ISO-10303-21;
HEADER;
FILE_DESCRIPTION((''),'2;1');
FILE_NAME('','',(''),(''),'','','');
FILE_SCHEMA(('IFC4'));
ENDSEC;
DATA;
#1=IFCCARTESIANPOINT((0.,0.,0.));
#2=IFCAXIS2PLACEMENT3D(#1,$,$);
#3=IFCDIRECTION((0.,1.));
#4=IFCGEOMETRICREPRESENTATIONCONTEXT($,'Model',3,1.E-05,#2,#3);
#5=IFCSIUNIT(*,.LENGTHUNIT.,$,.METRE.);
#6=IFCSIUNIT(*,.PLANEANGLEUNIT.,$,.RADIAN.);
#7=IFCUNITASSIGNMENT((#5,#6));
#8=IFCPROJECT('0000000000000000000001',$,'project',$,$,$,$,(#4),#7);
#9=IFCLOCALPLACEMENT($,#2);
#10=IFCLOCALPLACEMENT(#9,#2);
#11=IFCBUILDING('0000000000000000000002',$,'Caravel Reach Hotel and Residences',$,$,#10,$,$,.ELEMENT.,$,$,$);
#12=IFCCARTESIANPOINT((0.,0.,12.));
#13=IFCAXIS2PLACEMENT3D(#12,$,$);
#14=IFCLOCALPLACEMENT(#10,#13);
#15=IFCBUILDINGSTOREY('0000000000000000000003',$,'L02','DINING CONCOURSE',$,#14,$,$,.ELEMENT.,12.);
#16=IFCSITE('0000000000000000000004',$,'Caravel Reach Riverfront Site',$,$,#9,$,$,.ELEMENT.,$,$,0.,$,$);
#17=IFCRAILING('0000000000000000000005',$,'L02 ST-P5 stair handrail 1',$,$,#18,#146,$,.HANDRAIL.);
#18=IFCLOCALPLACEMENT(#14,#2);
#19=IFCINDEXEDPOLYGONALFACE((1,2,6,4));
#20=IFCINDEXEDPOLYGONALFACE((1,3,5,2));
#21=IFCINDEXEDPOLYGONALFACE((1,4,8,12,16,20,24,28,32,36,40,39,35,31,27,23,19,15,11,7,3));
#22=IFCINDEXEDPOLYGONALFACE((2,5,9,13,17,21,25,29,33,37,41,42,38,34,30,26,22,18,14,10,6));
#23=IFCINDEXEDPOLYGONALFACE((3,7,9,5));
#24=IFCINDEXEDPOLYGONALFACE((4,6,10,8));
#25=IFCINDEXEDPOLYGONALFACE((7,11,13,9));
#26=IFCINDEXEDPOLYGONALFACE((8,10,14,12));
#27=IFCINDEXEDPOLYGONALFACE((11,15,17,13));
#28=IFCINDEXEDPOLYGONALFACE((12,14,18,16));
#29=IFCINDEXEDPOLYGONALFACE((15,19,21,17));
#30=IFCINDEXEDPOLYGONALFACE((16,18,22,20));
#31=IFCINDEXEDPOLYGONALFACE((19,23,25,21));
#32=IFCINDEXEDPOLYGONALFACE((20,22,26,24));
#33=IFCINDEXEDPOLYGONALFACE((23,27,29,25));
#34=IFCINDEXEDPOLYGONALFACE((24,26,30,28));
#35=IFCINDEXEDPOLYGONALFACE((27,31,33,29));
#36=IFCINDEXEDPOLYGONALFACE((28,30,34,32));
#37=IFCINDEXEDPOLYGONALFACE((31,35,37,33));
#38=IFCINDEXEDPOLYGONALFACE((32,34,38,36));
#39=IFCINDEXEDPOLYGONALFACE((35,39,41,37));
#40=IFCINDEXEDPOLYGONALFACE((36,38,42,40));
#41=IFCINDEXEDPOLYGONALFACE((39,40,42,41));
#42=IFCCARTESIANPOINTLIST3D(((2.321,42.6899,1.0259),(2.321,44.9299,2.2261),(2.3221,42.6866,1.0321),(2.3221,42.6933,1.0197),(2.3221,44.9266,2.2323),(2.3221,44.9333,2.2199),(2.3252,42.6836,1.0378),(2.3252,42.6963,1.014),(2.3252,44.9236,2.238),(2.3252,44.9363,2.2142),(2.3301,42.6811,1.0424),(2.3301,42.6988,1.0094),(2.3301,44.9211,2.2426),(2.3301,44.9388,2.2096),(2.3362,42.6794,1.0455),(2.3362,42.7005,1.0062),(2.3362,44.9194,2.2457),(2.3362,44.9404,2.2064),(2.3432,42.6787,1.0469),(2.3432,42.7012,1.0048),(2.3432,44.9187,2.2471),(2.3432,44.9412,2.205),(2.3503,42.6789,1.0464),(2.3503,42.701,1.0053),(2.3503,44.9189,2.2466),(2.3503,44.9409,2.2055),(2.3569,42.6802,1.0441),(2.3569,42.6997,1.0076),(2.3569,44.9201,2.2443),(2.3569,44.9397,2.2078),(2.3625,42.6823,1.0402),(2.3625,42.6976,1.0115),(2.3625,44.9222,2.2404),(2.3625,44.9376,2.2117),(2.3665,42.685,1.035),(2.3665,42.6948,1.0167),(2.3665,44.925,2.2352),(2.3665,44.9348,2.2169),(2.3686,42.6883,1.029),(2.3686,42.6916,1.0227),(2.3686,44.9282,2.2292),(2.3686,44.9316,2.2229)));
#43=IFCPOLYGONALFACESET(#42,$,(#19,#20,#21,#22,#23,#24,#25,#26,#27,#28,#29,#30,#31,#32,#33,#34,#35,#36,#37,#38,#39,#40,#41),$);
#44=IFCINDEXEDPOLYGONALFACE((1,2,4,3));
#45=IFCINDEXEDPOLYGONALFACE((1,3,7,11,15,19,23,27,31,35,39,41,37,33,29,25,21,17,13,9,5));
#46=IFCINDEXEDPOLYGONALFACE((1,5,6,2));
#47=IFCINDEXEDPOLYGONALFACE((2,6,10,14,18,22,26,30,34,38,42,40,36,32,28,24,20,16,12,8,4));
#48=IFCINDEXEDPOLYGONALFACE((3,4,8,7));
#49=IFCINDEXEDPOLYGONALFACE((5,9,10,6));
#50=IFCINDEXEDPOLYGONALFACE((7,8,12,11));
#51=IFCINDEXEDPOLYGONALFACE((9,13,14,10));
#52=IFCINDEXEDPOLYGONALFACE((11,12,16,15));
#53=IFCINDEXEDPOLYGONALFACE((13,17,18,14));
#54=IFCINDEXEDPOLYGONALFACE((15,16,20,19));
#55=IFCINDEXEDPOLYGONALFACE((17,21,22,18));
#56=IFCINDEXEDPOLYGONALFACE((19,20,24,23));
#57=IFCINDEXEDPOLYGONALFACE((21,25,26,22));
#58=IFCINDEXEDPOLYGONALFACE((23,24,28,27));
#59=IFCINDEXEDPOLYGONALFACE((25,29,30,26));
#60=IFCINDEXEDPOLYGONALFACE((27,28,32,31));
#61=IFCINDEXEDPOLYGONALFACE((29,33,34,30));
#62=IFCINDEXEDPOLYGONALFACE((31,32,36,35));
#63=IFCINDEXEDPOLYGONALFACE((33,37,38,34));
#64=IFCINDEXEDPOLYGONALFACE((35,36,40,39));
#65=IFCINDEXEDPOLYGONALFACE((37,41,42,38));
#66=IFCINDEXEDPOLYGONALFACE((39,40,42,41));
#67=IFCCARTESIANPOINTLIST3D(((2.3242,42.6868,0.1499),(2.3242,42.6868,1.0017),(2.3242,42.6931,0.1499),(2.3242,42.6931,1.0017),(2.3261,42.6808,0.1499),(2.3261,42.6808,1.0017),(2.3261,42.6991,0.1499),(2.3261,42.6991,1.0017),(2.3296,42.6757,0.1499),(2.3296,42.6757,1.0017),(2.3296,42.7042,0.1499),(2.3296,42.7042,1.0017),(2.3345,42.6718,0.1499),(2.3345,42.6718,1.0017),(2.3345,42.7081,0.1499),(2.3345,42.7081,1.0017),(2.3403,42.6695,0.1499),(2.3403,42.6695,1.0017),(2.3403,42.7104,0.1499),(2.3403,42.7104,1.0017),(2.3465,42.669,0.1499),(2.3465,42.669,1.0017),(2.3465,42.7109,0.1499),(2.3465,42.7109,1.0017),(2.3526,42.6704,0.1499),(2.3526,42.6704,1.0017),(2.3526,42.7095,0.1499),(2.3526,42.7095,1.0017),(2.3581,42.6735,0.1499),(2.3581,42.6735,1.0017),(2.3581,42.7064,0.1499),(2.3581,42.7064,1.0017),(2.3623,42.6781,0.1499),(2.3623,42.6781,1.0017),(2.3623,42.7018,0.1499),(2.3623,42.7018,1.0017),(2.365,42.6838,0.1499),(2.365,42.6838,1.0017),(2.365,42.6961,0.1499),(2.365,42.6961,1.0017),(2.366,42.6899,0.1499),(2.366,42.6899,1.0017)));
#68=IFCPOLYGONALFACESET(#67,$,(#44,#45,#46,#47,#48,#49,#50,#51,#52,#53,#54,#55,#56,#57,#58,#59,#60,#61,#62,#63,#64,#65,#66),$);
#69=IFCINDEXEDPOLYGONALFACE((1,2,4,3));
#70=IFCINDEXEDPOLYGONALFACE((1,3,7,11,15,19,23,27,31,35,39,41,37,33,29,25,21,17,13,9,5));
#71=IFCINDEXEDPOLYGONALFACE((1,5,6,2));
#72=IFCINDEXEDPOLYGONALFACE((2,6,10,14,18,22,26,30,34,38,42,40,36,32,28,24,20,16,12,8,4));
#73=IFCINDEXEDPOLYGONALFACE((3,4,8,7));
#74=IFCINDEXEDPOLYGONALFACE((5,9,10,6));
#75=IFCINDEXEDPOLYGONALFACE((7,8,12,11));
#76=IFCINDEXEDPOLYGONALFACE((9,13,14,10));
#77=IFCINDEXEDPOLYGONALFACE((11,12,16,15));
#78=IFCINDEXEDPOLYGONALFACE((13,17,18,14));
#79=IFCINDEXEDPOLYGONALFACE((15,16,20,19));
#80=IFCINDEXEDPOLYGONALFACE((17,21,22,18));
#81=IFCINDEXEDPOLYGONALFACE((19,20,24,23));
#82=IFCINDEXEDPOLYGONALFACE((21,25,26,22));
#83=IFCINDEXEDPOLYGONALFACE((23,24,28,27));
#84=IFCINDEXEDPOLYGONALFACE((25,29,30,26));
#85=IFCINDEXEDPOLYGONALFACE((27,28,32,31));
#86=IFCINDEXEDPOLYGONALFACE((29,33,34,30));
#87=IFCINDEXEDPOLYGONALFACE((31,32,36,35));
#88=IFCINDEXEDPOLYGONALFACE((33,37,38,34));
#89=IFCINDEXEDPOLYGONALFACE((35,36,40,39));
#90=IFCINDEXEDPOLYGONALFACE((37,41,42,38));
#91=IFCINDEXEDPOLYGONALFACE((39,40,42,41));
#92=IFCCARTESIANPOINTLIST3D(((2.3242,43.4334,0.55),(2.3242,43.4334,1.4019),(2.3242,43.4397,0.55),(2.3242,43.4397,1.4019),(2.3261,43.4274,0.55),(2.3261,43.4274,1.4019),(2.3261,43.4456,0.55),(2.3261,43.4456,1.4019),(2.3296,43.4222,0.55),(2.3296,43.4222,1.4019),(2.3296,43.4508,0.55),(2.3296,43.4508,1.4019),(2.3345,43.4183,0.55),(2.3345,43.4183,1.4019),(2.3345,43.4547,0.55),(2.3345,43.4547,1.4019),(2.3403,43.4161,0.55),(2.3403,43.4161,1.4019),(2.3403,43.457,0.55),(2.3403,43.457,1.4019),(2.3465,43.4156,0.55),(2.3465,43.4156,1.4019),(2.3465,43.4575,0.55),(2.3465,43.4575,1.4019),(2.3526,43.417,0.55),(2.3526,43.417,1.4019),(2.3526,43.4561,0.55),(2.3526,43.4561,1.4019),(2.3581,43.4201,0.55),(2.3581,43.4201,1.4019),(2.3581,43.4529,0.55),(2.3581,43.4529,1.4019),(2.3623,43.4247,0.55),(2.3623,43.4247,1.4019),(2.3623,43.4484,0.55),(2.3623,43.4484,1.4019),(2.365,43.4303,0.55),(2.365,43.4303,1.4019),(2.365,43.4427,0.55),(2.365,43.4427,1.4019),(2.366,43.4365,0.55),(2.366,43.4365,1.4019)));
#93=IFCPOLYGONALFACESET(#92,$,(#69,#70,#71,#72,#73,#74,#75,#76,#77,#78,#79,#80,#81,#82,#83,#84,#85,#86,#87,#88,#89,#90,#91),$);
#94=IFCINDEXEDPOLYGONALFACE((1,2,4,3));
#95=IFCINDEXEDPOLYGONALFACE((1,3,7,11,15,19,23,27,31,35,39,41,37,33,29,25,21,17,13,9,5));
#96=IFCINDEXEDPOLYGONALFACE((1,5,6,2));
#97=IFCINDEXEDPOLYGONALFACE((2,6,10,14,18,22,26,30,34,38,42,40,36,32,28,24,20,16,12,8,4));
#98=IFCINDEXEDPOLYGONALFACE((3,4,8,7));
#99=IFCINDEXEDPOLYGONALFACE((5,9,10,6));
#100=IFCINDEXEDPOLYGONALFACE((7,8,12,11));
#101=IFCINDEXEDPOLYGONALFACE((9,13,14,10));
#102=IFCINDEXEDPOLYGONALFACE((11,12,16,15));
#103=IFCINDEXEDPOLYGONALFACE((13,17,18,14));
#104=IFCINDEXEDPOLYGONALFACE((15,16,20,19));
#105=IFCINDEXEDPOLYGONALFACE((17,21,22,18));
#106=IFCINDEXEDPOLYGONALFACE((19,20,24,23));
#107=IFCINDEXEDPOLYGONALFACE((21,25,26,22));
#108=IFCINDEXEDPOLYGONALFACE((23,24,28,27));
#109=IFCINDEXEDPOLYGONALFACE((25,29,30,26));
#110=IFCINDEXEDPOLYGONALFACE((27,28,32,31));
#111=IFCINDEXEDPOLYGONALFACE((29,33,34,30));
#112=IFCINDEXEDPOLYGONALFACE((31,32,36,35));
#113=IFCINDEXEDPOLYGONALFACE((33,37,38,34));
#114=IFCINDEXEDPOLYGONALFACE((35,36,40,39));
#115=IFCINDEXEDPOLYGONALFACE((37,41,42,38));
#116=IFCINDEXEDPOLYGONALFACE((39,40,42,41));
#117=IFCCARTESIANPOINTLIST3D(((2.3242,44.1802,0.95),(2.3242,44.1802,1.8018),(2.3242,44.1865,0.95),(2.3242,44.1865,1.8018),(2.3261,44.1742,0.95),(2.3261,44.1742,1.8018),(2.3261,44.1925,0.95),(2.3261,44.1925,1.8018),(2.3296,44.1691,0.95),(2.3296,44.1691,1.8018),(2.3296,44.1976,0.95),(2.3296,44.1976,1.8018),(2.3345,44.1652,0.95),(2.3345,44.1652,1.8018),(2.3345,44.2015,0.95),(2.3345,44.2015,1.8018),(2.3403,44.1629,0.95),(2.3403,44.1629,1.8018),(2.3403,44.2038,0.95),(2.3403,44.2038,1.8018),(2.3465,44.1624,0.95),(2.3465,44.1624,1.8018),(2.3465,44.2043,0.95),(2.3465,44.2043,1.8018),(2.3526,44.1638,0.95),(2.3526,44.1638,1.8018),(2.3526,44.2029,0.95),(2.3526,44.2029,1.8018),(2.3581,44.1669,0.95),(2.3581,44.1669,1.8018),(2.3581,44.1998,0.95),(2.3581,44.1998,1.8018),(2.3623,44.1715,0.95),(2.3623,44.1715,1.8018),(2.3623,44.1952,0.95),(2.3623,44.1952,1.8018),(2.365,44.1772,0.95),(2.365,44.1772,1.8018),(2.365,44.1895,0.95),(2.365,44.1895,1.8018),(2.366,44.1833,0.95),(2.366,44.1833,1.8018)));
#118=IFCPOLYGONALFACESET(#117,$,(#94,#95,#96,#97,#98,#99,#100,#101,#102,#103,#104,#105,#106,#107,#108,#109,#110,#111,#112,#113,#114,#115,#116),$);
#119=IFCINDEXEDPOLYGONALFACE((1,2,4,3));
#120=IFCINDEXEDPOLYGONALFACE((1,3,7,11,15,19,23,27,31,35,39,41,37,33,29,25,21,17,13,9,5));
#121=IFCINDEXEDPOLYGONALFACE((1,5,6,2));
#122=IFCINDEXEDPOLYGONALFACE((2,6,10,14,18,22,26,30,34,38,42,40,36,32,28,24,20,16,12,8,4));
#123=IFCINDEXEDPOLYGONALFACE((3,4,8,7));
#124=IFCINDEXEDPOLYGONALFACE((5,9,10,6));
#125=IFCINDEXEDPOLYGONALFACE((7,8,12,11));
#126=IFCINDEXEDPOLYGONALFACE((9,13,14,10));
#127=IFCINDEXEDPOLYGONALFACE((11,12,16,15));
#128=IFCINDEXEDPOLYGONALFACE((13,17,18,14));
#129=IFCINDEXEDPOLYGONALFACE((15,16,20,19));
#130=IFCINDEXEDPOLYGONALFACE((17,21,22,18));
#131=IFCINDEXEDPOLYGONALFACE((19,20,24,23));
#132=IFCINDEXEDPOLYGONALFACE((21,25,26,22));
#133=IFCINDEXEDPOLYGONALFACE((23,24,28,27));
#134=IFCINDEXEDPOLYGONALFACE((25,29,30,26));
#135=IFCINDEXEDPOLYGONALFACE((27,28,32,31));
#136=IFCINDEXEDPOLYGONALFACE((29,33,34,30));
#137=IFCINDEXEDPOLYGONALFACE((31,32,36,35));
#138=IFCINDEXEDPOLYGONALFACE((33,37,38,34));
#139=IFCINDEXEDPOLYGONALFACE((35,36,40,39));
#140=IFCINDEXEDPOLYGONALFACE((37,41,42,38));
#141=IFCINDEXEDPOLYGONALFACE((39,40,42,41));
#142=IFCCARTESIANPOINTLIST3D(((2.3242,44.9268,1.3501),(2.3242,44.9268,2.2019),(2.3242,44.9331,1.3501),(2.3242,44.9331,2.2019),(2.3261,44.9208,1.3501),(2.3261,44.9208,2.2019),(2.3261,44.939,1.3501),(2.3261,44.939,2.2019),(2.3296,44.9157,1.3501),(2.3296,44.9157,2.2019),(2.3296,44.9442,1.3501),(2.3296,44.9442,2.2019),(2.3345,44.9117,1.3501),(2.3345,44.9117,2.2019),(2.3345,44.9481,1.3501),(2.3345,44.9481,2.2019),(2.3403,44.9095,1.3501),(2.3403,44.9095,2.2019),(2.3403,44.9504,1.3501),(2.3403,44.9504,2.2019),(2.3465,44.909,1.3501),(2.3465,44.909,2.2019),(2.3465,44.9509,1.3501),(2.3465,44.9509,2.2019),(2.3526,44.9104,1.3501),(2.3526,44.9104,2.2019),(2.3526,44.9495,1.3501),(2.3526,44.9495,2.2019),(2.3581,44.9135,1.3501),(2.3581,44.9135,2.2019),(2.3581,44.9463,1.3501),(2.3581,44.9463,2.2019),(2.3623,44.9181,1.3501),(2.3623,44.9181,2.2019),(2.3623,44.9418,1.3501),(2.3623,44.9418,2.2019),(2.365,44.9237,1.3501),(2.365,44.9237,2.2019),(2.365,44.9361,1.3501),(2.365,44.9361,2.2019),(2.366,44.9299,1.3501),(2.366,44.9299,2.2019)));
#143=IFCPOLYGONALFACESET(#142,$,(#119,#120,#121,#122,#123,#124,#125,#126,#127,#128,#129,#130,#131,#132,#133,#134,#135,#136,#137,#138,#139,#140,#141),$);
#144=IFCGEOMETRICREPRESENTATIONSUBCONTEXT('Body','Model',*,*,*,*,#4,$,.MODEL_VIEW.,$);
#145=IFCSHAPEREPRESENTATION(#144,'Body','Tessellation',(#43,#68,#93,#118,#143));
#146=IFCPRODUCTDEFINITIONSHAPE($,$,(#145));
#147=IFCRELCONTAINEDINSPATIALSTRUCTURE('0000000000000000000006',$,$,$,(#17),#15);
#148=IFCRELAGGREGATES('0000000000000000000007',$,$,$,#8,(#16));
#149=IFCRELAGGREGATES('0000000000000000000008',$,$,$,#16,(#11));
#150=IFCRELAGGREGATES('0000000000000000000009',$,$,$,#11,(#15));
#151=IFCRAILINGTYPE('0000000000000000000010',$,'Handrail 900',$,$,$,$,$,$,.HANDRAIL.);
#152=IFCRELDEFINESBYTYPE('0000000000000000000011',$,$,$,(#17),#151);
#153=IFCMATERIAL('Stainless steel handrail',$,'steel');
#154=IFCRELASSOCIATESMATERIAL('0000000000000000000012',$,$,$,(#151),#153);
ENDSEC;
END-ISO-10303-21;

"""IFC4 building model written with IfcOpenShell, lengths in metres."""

from ifc_helpers import new_model, si_unit, direction, frame, origin, origin_2d, place, context, subcontext, project, spatial, circle, extrude, material, type_object, element, save


model = new_model("IFC4")

# Units and contexts
model_context = context("Model", 3, precision=1e-05, world=origin(), true_north=direction((0.0, 1.0)))
body_context = subcontext(model_context, "Body", "Model", "MODEL_VIEW")
ifc_project = project(units=[si_unit("LENGTHUNIT", "METRE"), si_unit("PLANEANGLEUNIT", "RADIAN")], contexts=[model_context])

# Site, building, storey
site_placement = place(None, origin())
site = spatial("IfcSite", under=ifc_project, at=site_placement, Name="Caravel Reach Riverfront Site", CompositionType="ELEMENT", RefElevation=0.0)
building_placement = place(site_placement, origin())
building = spatial("IfcBuilding", under=site, at=building_placement, Name="Caravel Reach Hotel and Residences", CompositionType="ELEMENT")
storey_placement = place(building_placement, frame((0.0, 0.0, 12.0)))
storey = spatial("IfcBuildingStorey", under=building, at=storey_placement, Name="L02", Description="DINING CONCOURSE", CompositionType="ELEMENT", Elevation=12.0)

# Railing
ifc_material_1 = material(Name="Stainless steel handrail", Category="steel")
railing_type_1 = type_object("IfcRailingType", Name="Handrail 900", PredefinedType="HANDRAIL", material=ifc_material_1)
railing_1_placement = place(storey_placement, frame((2.345, 42.6899, 0.1499)))
element("IfcRailing", 1, at=railing_1_placement, inside=storey, type_object=railing_type_1, Name="L02 ST-P5 stair handrail 1", PredefinedType="HANDRAIL", context=body_context, shape_type="SweptSolid", body=[
    extrude(circle(Radius=0.0239, at=origin_2d()), frame((0.0, 0.0, 0.876), z_axis=(0.0, 0.881447, 0.472283), x_axis=(-1.0, 0.0, 0.0)), (0.0, 0.0, 1.0), 2.5413),
    extrude(circle(Radius=0.021, at=origin_2d()), origin(), (0.0, 0.0, 1.0), 0.8518),
    extrude(circle(Radius=0.021, at=origin_2d()), frame((0.0, 0.7466, 0.4001)), (0.0, 0.0, 1.0), 0.8518),
    extrude(circle(Radius=0.021, at=origin_2d()), frame((0.0, 1.4934, 0.8)), (0.0, 0.0, 1.0), 0.8518),
    extrude(circle(Radius=0.021, at=origin_2d()), frame((0.0, 2.24, 1.2002)), (0.0, 0.0, 1.0), 0.8518),
])

save(model, "model.ifc")
